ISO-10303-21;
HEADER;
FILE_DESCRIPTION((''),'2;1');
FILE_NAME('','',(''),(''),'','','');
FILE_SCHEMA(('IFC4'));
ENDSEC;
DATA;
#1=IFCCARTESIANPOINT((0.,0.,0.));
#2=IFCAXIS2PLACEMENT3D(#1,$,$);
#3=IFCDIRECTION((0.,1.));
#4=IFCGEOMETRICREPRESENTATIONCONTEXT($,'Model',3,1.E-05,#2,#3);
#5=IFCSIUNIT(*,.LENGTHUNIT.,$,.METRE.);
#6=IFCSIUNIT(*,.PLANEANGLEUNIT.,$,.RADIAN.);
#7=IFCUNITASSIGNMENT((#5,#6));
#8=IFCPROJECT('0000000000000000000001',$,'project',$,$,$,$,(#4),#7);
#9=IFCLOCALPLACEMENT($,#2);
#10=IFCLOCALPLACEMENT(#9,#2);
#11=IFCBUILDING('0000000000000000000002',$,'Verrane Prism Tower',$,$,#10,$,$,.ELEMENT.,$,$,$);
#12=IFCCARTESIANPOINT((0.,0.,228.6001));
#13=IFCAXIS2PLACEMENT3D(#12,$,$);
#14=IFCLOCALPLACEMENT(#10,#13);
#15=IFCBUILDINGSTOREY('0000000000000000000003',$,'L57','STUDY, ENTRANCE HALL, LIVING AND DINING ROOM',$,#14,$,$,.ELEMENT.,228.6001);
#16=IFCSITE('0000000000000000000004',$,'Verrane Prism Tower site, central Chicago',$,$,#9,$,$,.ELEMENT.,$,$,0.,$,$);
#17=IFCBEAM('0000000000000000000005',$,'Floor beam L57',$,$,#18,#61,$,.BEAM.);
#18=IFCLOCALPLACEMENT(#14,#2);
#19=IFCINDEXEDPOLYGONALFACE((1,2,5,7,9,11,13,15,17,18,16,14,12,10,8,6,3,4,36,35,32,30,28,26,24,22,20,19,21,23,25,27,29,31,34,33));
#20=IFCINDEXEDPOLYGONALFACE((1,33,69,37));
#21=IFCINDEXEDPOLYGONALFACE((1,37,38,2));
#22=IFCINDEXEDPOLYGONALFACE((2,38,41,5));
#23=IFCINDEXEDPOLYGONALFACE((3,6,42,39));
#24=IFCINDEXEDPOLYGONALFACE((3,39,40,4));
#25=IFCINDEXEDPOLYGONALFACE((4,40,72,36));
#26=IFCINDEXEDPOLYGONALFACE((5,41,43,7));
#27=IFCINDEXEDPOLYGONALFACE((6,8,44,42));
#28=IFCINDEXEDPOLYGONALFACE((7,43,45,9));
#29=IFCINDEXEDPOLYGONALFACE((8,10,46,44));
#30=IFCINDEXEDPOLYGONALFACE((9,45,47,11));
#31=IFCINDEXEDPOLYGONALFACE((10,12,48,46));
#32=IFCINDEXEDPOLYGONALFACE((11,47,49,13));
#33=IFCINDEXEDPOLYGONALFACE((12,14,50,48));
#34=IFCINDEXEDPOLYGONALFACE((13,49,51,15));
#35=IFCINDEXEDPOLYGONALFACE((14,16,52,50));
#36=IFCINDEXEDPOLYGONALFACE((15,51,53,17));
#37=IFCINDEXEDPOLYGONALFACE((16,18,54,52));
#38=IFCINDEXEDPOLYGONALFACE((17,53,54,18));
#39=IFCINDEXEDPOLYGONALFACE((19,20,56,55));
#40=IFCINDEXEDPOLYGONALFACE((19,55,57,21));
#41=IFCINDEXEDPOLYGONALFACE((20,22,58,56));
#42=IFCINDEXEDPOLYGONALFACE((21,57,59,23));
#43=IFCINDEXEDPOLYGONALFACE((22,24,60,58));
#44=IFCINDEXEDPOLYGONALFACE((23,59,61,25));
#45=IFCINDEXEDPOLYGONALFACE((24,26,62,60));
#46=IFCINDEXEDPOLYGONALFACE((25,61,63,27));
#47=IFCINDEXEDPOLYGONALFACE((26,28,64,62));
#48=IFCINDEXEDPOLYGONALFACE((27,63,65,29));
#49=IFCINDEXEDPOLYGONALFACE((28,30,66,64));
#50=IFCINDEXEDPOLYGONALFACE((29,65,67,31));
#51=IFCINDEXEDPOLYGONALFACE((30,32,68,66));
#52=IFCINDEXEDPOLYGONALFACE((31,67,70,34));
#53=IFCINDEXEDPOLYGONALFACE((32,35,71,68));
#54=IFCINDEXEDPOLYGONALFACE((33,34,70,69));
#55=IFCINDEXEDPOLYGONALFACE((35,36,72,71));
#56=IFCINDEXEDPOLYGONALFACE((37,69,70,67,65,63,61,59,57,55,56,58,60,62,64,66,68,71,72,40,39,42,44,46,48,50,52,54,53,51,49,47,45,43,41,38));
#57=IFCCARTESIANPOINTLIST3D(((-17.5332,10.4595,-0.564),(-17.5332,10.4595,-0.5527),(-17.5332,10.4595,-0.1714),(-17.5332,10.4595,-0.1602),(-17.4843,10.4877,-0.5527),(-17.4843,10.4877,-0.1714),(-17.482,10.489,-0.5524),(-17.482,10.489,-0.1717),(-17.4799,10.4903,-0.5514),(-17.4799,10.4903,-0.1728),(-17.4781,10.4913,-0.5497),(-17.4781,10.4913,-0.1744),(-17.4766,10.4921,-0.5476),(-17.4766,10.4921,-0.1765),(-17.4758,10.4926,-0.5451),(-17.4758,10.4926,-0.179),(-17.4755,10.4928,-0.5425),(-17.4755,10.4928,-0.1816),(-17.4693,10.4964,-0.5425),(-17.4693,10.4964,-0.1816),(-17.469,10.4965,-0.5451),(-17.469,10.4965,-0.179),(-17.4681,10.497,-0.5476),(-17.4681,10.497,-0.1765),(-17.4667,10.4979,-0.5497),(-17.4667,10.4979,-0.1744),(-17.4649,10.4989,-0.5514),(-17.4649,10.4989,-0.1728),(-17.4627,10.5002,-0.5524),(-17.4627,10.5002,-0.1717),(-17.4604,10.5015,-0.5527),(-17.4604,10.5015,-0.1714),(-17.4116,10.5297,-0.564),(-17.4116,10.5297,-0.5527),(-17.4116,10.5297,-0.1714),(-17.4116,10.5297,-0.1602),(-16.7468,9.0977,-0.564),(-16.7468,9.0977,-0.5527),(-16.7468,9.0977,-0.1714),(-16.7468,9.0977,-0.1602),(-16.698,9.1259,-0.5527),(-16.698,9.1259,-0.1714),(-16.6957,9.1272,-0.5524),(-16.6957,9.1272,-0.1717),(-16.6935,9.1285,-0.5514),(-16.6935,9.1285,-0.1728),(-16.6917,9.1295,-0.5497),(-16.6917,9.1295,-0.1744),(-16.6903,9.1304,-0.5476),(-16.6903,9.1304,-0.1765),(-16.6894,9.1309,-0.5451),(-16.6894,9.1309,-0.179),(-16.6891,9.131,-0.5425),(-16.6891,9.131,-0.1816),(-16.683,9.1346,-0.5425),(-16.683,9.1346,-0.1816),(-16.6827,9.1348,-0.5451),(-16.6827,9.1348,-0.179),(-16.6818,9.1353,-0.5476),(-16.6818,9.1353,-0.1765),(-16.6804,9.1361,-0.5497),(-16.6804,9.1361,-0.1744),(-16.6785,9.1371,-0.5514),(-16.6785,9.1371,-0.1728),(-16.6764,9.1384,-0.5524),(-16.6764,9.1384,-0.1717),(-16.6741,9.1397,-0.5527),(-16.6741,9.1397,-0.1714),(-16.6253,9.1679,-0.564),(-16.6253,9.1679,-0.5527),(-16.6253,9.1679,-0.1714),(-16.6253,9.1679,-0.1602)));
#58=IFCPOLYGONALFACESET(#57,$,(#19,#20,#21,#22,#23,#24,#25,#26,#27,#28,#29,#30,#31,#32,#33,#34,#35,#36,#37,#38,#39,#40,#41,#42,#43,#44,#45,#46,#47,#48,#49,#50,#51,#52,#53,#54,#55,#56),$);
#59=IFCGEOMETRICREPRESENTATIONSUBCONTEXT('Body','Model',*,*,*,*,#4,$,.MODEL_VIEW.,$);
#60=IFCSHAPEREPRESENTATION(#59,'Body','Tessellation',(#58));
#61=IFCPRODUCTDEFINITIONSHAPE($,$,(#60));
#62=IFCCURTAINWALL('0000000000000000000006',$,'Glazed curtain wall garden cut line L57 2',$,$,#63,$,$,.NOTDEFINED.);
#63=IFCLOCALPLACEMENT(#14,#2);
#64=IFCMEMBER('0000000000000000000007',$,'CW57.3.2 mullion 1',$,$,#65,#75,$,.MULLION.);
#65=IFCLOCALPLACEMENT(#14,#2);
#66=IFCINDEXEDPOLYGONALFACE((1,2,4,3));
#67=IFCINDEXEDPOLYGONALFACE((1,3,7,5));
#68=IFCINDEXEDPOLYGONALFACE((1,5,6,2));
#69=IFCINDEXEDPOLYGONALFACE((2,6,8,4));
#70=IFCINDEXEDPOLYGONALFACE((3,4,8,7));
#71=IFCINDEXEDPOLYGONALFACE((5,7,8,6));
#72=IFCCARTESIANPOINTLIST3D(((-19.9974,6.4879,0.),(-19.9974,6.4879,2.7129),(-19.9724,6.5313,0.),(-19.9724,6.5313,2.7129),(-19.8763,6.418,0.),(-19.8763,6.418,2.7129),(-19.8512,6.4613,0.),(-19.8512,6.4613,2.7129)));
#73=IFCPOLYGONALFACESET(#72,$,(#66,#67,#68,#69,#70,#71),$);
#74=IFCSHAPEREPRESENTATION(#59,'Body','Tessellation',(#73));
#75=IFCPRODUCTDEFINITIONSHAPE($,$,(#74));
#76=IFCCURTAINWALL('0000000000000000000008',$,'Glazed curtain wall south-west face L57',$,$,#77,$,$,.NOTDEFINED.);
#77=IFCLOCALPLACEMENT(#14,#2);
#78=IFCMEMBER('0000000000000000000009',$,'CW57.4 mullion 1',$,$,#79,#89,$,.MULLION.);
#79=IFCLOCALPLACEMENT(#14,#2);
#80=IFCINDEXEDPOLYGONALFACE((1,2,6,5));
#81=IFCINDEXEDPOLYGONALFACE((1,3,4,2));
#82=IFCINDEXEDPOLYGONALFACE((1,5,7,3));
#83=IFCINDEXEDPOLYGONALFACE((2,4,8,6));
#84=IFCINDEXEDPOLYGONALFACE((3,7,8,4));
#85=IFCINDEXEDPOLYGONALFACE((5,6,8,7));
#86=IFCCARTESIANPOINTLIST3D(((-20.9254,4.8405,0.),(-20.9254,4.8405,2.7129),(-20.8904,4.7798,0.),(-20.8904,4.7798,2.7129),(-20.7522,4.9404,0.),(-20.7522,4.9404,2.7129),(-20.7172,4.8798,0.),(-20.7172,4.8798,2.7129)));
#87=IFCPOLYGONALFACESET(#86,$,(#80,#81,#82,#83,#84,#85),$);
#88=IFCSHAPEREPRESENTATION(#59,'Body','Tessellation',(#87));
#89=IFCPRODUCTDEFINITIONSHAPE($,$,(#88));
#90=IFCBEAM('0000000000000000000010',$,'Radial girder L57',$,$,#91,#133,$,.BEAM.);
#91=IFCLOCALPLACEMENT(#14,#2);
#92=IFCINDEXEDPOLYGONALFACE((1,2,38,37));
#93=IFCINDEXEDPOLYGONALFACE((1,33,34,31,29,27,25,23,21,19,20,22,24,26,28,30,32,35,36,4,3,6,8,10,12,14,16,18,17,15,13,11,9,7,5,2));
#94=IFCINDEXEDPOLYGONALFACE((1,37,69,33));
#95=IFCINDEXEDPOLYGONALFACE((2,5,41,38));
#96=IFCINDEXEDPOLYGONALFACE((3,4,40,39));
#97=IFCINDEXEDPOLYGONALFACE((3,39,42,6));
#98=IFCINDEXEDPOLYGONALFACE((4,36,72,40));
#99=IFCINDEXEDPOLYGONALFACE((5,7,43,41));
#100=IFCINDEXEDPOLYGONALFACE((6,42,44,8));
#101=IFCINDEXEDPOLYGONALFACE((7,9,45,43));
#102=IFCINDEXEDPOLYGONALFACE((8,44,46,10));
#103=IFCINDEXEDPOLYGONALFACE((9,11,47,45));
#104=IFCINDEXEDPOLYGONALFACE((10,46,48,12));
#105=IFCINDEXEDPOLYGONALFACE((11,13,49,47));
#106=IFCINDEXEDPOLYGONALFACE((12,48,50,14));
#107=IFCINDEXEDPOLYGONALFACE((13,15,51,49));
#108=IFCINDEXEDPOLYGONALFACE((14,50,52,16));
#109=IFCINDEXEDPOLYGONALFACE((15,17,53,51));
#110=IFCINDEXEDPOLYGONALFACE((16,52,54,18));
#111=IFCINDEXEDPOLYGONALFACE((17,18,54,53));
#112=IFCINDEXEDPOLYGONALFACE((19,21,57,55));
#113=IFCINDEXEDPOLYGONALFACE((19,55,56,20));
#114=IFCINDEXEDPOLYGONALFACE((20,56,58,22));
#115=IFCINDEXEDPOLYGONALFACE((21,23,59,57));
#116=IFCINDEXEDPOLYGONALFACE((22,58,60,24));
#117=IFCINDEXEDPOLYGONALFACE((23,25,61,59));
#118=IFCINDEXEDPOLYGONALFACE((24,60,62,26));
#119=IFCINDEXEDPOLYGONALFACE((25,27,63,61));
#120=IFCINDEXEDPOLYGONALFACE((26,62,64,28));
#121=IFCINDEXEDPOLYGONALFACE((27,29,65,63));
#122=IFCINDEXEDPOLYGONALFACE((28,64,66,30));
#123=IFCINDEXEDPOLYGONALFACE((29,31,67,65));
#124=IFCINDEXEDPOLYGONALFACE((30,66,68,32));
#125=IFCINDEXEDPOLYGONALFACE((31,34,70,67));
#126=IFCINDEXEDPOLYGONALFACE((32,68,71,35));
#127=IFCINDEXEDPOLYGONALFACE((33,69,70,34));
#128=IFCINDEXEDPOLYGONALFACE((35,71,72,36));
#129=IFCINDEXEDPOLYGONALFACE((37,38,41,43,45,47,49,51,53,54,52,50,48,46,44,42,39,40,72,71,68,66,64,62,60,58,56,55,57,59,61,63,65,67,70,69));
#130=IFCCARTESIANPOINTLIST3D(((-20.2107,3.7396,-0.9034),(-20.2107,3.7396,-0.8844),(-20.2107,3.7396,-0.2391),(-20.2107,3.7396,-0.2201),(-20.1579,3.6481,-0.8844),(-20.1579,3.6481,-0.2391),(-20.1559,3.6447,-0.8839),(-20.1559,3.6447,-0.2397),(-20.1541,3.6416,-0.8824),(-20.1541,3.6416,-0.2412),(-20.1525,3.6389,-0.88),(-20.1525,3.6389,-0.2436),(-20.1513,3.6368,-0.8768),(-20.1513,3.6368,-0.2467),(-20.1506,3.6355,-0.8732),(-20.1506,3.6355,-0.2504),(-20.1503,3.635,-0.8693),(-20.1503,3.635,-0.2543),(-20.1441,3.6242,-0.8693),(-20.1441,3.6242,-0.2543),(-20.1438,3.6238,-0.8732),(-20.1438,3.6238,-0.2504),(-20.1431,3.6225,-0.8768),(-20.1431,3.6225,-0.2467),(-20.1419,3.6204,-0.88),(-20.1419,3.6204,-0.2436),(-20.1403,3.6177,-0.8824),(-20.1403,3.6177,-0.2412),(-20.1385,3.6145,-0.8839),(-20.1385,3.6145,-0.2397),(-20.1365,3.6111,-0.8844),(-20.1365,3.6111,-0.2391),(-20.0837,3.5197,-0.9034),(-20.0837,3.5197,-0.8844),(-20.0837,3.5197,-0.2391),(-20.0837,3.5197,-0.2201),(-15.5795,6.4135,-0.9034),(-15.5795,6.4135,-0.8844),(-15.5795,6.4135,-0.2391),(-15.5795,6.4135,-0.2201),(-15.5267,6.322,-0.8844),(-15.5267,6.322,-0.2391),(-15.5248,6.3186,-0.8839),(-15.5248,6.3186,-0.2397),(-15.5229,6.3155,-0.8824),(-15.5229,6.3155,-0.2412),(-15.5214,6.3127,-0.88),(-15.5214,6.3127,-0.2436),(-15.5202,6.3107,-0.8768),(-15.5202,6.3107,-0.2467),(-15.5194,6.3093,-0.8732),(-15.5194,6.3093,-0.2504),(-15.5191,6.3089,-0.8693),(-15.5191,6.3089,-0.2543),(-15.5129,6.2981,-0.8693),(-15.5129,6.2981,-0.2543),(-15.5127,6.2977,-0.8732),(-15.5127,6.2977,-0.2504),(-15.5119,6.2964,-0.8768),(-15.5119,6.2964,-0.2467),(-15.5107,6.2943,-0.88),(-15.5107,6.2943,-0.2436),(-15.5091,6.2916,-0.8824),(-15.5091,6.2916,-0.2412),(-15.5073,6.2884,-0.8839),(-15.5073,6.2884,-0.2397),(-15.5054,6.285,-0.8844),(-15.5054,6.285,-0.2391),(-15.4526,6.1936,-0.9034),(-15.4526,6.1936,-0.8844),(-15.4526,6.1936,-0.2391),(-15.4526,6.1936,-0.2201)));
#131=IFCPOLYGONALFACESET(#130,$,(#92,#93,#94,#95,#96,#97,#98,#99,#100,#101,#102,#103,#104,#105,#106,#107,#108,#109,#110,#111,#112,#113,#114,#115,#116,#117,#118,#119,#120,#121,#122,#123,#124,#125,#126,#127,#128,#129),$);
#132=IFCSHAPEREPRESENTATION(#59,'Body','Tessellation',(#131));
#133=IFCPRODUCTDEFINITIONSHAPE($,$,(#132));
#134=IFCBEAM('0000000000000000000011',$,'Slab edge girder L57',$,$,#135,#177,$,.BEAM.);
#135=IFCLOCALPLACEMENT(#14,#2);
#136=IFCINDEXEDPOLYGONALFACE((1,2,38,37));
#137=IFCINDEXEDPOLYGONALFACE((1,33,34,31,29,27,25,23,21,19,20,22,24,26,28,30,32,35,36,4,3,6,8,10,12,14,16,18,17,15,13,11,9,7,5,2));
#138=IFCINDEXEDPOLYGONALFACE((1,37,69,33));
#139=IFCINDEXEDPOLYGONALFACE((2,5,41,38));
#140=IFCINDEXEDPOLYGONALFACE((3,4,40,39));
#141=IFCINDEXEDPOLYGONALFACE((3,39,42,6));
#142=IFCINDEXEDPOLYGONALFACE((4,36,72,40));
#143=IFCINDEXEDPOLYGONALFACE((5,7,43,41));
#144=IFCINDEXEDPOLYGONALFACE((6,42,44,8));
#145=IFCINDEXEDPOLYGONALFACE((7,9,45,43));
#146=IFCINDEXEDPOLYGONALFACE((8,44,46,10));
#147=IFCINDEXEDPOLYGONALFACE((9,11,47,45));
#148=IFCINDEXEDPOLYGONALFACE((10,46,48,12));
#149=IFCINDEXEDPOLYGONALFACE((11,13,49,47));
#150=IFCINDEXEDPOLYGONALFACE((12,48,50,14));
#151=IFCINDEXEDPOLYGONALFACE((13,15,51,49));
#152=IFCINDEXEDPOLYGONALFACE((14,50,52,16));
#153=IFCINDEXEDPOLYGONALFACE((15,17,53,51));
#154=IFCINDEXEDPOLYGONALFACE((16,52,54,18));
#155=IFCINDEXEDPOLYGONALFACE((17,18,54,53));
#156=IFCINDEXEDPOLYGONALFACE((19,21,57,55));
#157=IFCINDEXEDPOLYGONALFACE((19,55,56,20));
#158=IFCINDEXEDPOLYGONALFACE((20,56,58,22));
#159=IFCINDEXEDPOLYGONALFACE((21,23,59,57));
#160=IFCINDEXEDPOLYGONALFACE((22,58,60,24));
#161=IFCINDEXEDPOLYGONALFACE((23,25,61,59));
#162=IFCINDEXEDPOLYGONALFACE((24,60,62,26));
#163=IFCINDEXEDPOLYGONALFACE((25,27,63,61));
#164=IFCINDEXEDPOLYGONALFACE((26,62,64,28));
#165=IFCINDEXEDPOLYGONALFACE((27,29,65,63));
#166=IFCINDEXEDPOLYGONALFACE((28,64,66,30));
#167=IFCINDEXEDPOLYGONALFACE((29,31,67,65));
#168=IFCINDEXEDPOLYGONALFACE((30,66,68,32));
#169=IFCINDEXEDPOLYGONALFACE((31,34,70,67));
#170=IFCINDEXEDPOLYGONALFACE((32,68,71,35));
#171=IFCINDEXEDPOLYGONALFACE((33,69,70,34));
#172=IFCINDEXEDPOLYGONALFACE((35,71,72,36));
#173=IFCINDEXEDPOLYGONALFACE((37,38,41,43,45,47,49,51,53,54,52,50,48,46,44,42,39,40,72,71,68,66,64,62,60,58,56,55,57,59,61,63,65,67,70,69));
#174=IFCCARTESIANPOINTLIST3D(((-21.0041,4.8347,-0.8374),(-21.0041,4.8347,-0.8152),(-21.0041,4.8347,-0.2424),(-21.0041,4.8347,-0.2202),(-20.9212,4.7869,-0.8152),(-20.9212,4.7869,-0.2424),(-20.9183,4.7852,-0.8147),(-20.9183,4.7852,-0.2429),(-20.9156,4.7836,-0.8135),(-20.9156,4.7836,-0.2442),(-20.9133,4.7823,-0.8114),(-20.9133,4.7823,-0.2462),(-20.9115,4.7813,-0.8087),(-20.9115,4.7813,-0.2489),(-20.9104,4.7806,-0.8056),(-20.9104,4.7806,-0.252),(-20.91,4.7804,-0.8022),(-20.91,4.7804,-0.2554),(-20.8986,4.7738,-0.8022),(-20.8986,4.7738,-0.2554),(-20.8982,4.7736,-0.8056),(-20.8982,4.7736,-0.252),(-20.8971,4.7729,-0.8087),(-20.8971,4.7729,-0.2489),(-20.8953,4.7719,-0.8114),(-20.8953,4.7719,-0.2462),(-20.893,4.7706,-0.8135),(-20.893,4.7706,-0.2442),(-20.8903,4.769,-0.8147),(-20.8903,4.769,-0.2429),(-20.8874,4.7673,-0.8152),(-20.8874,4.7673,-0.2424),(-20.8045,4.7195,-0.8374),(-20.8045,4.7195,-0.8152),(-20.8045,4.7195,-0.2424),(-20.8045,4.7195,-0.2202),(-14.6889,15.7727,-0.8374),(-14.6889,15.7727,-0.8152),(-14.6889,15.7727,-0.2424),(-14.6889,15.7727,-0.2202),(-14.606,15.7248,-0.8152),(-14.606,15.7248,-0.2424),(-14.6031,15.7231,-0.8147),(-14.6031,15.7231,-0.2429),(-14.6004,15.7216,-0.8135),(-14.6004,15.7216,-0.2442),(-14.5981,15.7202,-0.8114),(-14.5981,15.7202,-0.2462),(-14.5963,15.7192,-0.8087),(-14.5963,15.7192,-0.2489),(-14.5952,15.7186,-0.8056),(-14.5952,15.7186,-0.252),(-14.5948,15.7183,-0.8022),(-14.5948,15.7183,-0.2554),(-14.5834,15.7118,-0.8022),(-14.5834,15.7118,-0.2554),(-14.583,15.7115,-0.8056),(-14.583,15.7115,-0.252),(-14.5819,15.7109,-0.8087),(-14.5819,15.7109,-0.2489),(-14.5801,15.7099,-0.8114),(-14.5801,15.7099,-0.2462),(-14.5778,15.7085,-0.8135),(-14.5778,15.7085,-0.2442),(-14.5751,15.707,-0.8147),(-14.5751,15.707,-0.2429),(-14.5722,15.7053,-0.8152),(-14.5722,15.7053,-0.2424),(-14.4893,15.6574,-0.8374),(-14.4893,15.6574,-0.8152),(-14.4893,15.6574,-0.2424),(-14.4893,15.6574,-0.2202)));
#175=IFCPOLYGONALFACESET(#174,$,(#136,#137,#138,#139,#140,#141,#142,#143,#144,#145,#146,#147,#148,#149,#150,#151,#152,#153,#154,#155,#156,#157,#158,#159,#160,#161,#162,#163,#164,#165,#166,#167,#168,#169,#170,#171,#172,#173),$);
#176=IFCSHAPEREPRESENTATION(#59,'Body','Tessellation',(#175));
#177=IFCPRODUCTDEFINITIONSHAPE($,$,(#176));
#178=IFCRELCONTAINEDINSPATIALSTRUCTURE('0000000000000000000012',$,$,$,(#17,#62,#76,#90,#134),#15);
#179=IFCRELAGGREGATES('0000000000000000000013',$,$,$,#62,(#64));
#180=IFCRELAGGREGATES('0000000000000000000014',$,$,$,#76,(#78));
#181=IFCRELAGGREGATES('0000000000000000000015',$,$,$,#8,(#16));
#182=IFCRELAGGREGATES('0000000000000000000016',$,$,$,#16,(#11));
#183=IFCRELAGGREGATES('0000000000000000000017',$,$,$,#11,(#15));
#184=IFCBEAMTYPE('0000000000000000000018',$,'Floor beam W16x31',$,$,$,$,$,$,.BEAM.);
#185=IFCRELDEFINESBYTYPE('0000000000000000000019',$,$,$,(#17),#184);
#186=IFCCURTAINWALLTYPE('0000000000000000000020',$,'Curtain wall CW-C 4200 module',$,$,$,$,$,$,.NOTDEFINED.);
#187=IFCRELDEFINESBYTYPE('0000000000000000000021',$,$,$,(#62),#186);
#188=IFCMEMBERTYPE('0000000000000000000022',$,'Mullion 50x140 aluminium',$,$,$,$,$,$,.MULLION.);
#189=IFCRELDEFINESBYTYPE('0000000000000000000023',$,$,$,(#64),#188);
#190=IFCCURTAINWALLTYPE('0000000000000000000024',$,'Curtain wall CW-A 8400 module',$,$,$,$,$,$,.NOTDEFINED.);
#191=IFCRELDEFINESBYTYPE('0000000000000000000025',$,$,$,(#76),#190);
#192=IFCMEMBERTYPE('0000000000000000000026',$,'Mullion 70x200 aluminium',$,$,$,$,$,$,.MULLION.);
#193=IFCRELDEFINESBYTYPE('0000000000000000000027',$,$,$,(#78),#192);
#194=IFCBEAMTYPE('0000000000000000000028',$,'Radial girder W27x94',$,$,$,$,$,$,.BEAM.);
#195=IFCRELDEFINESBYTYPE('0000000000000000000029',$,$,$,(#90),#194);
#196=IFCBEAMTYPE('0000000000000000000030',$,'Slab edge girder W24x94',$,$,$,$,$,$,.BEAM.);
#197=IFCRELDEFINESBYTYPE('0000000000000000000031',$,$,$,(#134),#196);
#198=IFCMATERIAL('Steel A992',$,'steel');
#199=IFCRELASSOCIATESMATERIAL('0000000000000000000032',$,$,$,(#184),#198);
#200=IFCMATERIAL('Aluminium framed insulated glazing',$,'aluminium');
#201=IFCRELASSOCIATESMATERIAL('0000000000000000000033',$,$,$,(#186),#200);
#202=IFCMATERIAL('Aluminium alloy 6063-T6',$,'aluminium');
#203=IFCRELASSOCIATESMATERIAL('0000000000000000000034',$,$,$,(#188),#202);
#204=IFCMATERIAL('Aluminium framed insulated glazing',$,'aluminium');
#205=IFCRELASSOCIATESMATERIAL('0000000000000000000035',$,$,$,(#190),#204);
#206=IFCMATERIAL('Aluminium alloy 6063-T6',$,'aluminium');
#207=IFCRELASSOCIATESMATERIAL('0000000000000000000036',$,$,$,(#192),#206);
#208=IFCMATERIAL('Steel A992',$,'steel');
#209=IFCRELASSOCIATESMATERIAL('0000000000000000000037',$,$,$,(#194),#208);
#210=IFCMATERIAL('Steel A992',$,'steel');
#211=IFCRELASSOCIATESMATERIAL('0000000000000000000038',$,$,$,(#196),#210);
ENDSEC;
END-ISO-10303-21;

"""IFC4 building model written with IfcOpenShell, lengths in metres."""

from ifc_helpers import new_model, si_unit, direction, frame, origin, origin_2d, place, context, subcontext, project, spatial, rectangle, i_section, extrude, material, material_profile, profile_set, type_object, element, aggregate, save


model = new_model("IFC4")

# Units and contexts
model_context = context("Model", 3, precision=1e-05, world=origin(), true_north=direction((0.0, 1.0)))
body_context = subcontext(model_context, "Body", "Model", "MODEL_VIEW")
ifc_project = project(units=[si_unit("LENGTHUNIT", "METRE"), si_unit("PLANEANGLEUNIT", "RADIAN")], contexts=[model_context])

# Site, building, storey
site_placement = place(None, origin())
site = spatial("IfcSite", under=ifc_project, at=site_placement, Name="Verrane Prism Tower site, central Chicago", CompositionType="ELEMENT", RefElevation=0.0)
building_placement = place(site_placement, origin())
building = spatial("IfcBuilding", under=site, at=building_placement, Name="Verrane Prism Tower", CompositionType="ELEMENT")
storey_placement = place(building_placement, frame((0.0, 0.0, 228.6001)))
storey = spatial("IfcBuildingStorey", under=building, at=storey_placement, Name="L57", Description="STUDY, ENTRANCE HALL, LIVING AND DINING ROOM", CompositionType="ELEMENT", Elevation=228.6001)

# Beam
ifc_material_1 = material(Name="Steel A992", Category="steel")
ifc_material_profile_1 = material_profile(ifc_material_1, i_section(OverallWidth=0.1404, OverallDepth=0.4038, WebThickness=0.0071, FlangeThickness=0.0112, FilletRadius=0.0103, at=origin_2d()), Name="W16x31")
ifc_profile_set_1 = profile_set([ifc_material_profile_1], Name="Steel A992")
beam_type_1 = type_object("IfcBeamType", Name="Floor beam W16x31", PredefinedType="BEAM", material=ifc_profile_set_1)
beam_1_placement = place(storey_placement, frame((-16.686, 9.1328, -0.3621), z_axis=(-0.500063, 0.865989, 0.0), x_axis=(-0.865989, -0.500063, 0.0)))
element("IfcBeam", 1, at=beam_1_placement, inside=storey, type_object=beam_type_1, Name="Floor beam L57", PredefinedType="BEAM", context=body_context, shape_type="SweptSolid", body=[
    extrude(i_section(OverallWidth=0.1404, OverallDepth=0.4038, WebThickness=0.0071, FlangeThickness=0.0112, FilletRadius=0.0103, at=origin_2d()), origin(), (0.0, 0.0, 1.0), 1.5725),
])

# Curtain walls, members
ifc_material_2 = material(Name="Aluminium framed insulated glazing", Category="aluminium")
curtain_wall_type_1 = type_object("IfcCurtainWallType", Name="Curtain wall CW-C 4200 module", PredefinedType="NOTDEFINED", material=ifc_material_2)
curtain_wall_1_placement = place(storey_placement, origin())
curtain_wall_1 = element("IfcCurtainWall", 2, at=curtain_wall_1_placement, inside=storey, type_object=curtain_wall_type_1, Name="Glazed curtain wall garden cut line L57 2", PredefinedType="NOTDEFINED")
ifc_material_3 = material(Name="Aluminium alloy 6063-T6", Category="aluminium")
ifc_material_profile_2 = material_profile(ifc_material_3, rectangle(XDim=0.1399, YDim=0.05, at=origin_2d()), Name="Mullion 50x140 aluminium")
ifc_profile_set_2 = profile_set([ifc_material_profile_2], Name="Aluminium alloy 6063-T6")
member_type_1 = type_object("IfcMemberType", Name="Mullion 50x140 aluminium", PredefinedType="MULLION", material=ifc_profile_set_2)
member_1_placement = place(storey_placement, frame((-19.9243, 6.4746, 0.0), z_axis=(0.0, 0.0, 1.0), x_axis=(0.866041, -0.499973, 0.0)))
member_1 = element("IfcMember", 3, at=member_1_placement, type_object=member_type_1, Name="CW57.3.2 mullion 1", PredefinedType="MULLION", context=body_context, shape_type="SweptSolid", body=[
    extrude(rectangle(XDim=0.1399, YDim=0.05, at=origin_2d()), origin(), (0.0, 0.0, 1.0), 2.7129),
])
ifc_material_4 = material(Name="Aluminium framed insulated glazing", Category="aluminium")
curtain_wall_type_2 = type_object("IfcCurtainWallType", Name="Curtain wall CW-A 8400 module", PredefinedType="NOTDEFINED", material=ifc_material_4)
curtain_wall_2_placement = place(storey_placement, origin())
curtain_wall_2 = element("IfcCurtainWall", 4, at=curtain_wall_2_placement, inside=storey, type_object=curtain_wall_type_2, Name="Glazed curtain wall south-west face L57", PredefinedType="NOTDEFINED")
ifc_material_5 = material(Name="Aluminium alloy 6063-T6", Category="aluminium")
ifc_material_profile_3 = material_profile(ifc_material_5, rectangle(XDim=0.2, YDim=0.0701, at=origin_2d()), Name="Mullion 70x200 aluminium")
ifc_profile_set_3 = profile_set([ifc_material_profile_3], Name="Aluminium alloy 6063-T6")
member_type_2 = type_object("IfcMemberType", Name="Mullion 70x200 aluminium", PredefinedType="MULLION", material=ifc_profile_set_3)
member_2_placement = place(storey_placement, frame((-20.8213, 4.8601, 0.0), z_axis=(0.0, 0.0, 1.0), x_axis=(0.866025, 0.5, 0.0)))
member_2 = element("IfcMember", 5, at=member_2_placement, type_object=member_type_2, Name="CW57.4 mullion 1", PredefinedType="MULLION", context=body_context, shape_type="SweptSolid", body=[
    extrude(rectangle(XDim=0.2, YDim=0.0701, at=origin_2d()), origin(), (0.0, 0.0, 1.0), 2.7129),
])

# Beams
ifc_material_6 = material(Name="Steel A992", Category="steel")
ifc_material_profile_4 = material_profile(ifc_material_6, i_section(OverallWidth=0.2539, OverallDepth=0.6833, WebThickness=0.0125, FlangeThickness=0.019, FilletRadius=0.0151, at=origin_2d()), Name="W27x94")
ifc_profile_set_4 = profile_set([ifc_material_profile_4], Name="Steel A992")
beam_type_2 = type_object("IfcBeamType", Name="Radial girder W27x94", PredefinedType="BEAM", material=ifc_profile_set_4)
beam_2_placement = place(storey_placement, frame((-20.1472, 3.6296, -0.5618), z_axis=(0.866021, 0.500008, 0.0), x_axis=(-0.500008, 0.866021, 0.0)))
element("IfcBeam", 6, at=beam_2_placement, inside=storey, type_object=beam_type_2, Name="Radial girder L57", PredefinedType="BEAM", context=body_context, shape_type="SweptSolid", body=[
    extrude(i_section(OverallWidth=0.2539, OverallDepth=0.6833, WebThickness=0.0125, FlangeThickness=0.019, FilletRadius=0.0151, at=origin_2d()), origin(), (0.0, 0.0, 1.0), 5.3477),
])
ifc_material_7 = material(Name="Steel A992", Category="steel")
ifc_material_profile_5 = material_profile(ifc_material_7, i_section(OverallWidth=0.2305, OverallDepth=0.6172, WebThickness=0.0132, FlangeThickness=0.0222, FilletRadius=0.0129, at=origin_2d()), Name="W24x94")
ifc_profile_set_5 = profile_set([ifc_material_profile_5], Name="Steel A992")
beam_type_3 = type_object("IfcBeamType", Name="Slab edge girder W24x94", PredefinedType="BEAM", material=ifc_profile_set_5)
beam_3_placement = place(storey_placement, frame((-20.9043, 4.7771, -0.5288), z_axis=(0.500008, 0.866021, 0.0), x_axis=(-0.866021, 0.500008, 0.0)))
element("IfcBeam", 7, at=beam_3_placement, inside=storey, type_object=beam_type_3, Name="Slab edge girder L57", PredefinedType="BEAM", context=body_context, shape_type="SweptSolid", body=[
    extrude(i_section(OverallWidth=0.2305, OverallDepth=0.6172, WebThickness=0.0132, FlangeThickness=0.0222, FilletRadius=0.0129, at=origin_2d()), origin(), (0.0, 0.0, 1.0), 12.6301),
])

aggregate(curtain_wall_1, [member_1])
aggregate(curtain_wall_2, [member_2])

save(model, "model.ifc")
